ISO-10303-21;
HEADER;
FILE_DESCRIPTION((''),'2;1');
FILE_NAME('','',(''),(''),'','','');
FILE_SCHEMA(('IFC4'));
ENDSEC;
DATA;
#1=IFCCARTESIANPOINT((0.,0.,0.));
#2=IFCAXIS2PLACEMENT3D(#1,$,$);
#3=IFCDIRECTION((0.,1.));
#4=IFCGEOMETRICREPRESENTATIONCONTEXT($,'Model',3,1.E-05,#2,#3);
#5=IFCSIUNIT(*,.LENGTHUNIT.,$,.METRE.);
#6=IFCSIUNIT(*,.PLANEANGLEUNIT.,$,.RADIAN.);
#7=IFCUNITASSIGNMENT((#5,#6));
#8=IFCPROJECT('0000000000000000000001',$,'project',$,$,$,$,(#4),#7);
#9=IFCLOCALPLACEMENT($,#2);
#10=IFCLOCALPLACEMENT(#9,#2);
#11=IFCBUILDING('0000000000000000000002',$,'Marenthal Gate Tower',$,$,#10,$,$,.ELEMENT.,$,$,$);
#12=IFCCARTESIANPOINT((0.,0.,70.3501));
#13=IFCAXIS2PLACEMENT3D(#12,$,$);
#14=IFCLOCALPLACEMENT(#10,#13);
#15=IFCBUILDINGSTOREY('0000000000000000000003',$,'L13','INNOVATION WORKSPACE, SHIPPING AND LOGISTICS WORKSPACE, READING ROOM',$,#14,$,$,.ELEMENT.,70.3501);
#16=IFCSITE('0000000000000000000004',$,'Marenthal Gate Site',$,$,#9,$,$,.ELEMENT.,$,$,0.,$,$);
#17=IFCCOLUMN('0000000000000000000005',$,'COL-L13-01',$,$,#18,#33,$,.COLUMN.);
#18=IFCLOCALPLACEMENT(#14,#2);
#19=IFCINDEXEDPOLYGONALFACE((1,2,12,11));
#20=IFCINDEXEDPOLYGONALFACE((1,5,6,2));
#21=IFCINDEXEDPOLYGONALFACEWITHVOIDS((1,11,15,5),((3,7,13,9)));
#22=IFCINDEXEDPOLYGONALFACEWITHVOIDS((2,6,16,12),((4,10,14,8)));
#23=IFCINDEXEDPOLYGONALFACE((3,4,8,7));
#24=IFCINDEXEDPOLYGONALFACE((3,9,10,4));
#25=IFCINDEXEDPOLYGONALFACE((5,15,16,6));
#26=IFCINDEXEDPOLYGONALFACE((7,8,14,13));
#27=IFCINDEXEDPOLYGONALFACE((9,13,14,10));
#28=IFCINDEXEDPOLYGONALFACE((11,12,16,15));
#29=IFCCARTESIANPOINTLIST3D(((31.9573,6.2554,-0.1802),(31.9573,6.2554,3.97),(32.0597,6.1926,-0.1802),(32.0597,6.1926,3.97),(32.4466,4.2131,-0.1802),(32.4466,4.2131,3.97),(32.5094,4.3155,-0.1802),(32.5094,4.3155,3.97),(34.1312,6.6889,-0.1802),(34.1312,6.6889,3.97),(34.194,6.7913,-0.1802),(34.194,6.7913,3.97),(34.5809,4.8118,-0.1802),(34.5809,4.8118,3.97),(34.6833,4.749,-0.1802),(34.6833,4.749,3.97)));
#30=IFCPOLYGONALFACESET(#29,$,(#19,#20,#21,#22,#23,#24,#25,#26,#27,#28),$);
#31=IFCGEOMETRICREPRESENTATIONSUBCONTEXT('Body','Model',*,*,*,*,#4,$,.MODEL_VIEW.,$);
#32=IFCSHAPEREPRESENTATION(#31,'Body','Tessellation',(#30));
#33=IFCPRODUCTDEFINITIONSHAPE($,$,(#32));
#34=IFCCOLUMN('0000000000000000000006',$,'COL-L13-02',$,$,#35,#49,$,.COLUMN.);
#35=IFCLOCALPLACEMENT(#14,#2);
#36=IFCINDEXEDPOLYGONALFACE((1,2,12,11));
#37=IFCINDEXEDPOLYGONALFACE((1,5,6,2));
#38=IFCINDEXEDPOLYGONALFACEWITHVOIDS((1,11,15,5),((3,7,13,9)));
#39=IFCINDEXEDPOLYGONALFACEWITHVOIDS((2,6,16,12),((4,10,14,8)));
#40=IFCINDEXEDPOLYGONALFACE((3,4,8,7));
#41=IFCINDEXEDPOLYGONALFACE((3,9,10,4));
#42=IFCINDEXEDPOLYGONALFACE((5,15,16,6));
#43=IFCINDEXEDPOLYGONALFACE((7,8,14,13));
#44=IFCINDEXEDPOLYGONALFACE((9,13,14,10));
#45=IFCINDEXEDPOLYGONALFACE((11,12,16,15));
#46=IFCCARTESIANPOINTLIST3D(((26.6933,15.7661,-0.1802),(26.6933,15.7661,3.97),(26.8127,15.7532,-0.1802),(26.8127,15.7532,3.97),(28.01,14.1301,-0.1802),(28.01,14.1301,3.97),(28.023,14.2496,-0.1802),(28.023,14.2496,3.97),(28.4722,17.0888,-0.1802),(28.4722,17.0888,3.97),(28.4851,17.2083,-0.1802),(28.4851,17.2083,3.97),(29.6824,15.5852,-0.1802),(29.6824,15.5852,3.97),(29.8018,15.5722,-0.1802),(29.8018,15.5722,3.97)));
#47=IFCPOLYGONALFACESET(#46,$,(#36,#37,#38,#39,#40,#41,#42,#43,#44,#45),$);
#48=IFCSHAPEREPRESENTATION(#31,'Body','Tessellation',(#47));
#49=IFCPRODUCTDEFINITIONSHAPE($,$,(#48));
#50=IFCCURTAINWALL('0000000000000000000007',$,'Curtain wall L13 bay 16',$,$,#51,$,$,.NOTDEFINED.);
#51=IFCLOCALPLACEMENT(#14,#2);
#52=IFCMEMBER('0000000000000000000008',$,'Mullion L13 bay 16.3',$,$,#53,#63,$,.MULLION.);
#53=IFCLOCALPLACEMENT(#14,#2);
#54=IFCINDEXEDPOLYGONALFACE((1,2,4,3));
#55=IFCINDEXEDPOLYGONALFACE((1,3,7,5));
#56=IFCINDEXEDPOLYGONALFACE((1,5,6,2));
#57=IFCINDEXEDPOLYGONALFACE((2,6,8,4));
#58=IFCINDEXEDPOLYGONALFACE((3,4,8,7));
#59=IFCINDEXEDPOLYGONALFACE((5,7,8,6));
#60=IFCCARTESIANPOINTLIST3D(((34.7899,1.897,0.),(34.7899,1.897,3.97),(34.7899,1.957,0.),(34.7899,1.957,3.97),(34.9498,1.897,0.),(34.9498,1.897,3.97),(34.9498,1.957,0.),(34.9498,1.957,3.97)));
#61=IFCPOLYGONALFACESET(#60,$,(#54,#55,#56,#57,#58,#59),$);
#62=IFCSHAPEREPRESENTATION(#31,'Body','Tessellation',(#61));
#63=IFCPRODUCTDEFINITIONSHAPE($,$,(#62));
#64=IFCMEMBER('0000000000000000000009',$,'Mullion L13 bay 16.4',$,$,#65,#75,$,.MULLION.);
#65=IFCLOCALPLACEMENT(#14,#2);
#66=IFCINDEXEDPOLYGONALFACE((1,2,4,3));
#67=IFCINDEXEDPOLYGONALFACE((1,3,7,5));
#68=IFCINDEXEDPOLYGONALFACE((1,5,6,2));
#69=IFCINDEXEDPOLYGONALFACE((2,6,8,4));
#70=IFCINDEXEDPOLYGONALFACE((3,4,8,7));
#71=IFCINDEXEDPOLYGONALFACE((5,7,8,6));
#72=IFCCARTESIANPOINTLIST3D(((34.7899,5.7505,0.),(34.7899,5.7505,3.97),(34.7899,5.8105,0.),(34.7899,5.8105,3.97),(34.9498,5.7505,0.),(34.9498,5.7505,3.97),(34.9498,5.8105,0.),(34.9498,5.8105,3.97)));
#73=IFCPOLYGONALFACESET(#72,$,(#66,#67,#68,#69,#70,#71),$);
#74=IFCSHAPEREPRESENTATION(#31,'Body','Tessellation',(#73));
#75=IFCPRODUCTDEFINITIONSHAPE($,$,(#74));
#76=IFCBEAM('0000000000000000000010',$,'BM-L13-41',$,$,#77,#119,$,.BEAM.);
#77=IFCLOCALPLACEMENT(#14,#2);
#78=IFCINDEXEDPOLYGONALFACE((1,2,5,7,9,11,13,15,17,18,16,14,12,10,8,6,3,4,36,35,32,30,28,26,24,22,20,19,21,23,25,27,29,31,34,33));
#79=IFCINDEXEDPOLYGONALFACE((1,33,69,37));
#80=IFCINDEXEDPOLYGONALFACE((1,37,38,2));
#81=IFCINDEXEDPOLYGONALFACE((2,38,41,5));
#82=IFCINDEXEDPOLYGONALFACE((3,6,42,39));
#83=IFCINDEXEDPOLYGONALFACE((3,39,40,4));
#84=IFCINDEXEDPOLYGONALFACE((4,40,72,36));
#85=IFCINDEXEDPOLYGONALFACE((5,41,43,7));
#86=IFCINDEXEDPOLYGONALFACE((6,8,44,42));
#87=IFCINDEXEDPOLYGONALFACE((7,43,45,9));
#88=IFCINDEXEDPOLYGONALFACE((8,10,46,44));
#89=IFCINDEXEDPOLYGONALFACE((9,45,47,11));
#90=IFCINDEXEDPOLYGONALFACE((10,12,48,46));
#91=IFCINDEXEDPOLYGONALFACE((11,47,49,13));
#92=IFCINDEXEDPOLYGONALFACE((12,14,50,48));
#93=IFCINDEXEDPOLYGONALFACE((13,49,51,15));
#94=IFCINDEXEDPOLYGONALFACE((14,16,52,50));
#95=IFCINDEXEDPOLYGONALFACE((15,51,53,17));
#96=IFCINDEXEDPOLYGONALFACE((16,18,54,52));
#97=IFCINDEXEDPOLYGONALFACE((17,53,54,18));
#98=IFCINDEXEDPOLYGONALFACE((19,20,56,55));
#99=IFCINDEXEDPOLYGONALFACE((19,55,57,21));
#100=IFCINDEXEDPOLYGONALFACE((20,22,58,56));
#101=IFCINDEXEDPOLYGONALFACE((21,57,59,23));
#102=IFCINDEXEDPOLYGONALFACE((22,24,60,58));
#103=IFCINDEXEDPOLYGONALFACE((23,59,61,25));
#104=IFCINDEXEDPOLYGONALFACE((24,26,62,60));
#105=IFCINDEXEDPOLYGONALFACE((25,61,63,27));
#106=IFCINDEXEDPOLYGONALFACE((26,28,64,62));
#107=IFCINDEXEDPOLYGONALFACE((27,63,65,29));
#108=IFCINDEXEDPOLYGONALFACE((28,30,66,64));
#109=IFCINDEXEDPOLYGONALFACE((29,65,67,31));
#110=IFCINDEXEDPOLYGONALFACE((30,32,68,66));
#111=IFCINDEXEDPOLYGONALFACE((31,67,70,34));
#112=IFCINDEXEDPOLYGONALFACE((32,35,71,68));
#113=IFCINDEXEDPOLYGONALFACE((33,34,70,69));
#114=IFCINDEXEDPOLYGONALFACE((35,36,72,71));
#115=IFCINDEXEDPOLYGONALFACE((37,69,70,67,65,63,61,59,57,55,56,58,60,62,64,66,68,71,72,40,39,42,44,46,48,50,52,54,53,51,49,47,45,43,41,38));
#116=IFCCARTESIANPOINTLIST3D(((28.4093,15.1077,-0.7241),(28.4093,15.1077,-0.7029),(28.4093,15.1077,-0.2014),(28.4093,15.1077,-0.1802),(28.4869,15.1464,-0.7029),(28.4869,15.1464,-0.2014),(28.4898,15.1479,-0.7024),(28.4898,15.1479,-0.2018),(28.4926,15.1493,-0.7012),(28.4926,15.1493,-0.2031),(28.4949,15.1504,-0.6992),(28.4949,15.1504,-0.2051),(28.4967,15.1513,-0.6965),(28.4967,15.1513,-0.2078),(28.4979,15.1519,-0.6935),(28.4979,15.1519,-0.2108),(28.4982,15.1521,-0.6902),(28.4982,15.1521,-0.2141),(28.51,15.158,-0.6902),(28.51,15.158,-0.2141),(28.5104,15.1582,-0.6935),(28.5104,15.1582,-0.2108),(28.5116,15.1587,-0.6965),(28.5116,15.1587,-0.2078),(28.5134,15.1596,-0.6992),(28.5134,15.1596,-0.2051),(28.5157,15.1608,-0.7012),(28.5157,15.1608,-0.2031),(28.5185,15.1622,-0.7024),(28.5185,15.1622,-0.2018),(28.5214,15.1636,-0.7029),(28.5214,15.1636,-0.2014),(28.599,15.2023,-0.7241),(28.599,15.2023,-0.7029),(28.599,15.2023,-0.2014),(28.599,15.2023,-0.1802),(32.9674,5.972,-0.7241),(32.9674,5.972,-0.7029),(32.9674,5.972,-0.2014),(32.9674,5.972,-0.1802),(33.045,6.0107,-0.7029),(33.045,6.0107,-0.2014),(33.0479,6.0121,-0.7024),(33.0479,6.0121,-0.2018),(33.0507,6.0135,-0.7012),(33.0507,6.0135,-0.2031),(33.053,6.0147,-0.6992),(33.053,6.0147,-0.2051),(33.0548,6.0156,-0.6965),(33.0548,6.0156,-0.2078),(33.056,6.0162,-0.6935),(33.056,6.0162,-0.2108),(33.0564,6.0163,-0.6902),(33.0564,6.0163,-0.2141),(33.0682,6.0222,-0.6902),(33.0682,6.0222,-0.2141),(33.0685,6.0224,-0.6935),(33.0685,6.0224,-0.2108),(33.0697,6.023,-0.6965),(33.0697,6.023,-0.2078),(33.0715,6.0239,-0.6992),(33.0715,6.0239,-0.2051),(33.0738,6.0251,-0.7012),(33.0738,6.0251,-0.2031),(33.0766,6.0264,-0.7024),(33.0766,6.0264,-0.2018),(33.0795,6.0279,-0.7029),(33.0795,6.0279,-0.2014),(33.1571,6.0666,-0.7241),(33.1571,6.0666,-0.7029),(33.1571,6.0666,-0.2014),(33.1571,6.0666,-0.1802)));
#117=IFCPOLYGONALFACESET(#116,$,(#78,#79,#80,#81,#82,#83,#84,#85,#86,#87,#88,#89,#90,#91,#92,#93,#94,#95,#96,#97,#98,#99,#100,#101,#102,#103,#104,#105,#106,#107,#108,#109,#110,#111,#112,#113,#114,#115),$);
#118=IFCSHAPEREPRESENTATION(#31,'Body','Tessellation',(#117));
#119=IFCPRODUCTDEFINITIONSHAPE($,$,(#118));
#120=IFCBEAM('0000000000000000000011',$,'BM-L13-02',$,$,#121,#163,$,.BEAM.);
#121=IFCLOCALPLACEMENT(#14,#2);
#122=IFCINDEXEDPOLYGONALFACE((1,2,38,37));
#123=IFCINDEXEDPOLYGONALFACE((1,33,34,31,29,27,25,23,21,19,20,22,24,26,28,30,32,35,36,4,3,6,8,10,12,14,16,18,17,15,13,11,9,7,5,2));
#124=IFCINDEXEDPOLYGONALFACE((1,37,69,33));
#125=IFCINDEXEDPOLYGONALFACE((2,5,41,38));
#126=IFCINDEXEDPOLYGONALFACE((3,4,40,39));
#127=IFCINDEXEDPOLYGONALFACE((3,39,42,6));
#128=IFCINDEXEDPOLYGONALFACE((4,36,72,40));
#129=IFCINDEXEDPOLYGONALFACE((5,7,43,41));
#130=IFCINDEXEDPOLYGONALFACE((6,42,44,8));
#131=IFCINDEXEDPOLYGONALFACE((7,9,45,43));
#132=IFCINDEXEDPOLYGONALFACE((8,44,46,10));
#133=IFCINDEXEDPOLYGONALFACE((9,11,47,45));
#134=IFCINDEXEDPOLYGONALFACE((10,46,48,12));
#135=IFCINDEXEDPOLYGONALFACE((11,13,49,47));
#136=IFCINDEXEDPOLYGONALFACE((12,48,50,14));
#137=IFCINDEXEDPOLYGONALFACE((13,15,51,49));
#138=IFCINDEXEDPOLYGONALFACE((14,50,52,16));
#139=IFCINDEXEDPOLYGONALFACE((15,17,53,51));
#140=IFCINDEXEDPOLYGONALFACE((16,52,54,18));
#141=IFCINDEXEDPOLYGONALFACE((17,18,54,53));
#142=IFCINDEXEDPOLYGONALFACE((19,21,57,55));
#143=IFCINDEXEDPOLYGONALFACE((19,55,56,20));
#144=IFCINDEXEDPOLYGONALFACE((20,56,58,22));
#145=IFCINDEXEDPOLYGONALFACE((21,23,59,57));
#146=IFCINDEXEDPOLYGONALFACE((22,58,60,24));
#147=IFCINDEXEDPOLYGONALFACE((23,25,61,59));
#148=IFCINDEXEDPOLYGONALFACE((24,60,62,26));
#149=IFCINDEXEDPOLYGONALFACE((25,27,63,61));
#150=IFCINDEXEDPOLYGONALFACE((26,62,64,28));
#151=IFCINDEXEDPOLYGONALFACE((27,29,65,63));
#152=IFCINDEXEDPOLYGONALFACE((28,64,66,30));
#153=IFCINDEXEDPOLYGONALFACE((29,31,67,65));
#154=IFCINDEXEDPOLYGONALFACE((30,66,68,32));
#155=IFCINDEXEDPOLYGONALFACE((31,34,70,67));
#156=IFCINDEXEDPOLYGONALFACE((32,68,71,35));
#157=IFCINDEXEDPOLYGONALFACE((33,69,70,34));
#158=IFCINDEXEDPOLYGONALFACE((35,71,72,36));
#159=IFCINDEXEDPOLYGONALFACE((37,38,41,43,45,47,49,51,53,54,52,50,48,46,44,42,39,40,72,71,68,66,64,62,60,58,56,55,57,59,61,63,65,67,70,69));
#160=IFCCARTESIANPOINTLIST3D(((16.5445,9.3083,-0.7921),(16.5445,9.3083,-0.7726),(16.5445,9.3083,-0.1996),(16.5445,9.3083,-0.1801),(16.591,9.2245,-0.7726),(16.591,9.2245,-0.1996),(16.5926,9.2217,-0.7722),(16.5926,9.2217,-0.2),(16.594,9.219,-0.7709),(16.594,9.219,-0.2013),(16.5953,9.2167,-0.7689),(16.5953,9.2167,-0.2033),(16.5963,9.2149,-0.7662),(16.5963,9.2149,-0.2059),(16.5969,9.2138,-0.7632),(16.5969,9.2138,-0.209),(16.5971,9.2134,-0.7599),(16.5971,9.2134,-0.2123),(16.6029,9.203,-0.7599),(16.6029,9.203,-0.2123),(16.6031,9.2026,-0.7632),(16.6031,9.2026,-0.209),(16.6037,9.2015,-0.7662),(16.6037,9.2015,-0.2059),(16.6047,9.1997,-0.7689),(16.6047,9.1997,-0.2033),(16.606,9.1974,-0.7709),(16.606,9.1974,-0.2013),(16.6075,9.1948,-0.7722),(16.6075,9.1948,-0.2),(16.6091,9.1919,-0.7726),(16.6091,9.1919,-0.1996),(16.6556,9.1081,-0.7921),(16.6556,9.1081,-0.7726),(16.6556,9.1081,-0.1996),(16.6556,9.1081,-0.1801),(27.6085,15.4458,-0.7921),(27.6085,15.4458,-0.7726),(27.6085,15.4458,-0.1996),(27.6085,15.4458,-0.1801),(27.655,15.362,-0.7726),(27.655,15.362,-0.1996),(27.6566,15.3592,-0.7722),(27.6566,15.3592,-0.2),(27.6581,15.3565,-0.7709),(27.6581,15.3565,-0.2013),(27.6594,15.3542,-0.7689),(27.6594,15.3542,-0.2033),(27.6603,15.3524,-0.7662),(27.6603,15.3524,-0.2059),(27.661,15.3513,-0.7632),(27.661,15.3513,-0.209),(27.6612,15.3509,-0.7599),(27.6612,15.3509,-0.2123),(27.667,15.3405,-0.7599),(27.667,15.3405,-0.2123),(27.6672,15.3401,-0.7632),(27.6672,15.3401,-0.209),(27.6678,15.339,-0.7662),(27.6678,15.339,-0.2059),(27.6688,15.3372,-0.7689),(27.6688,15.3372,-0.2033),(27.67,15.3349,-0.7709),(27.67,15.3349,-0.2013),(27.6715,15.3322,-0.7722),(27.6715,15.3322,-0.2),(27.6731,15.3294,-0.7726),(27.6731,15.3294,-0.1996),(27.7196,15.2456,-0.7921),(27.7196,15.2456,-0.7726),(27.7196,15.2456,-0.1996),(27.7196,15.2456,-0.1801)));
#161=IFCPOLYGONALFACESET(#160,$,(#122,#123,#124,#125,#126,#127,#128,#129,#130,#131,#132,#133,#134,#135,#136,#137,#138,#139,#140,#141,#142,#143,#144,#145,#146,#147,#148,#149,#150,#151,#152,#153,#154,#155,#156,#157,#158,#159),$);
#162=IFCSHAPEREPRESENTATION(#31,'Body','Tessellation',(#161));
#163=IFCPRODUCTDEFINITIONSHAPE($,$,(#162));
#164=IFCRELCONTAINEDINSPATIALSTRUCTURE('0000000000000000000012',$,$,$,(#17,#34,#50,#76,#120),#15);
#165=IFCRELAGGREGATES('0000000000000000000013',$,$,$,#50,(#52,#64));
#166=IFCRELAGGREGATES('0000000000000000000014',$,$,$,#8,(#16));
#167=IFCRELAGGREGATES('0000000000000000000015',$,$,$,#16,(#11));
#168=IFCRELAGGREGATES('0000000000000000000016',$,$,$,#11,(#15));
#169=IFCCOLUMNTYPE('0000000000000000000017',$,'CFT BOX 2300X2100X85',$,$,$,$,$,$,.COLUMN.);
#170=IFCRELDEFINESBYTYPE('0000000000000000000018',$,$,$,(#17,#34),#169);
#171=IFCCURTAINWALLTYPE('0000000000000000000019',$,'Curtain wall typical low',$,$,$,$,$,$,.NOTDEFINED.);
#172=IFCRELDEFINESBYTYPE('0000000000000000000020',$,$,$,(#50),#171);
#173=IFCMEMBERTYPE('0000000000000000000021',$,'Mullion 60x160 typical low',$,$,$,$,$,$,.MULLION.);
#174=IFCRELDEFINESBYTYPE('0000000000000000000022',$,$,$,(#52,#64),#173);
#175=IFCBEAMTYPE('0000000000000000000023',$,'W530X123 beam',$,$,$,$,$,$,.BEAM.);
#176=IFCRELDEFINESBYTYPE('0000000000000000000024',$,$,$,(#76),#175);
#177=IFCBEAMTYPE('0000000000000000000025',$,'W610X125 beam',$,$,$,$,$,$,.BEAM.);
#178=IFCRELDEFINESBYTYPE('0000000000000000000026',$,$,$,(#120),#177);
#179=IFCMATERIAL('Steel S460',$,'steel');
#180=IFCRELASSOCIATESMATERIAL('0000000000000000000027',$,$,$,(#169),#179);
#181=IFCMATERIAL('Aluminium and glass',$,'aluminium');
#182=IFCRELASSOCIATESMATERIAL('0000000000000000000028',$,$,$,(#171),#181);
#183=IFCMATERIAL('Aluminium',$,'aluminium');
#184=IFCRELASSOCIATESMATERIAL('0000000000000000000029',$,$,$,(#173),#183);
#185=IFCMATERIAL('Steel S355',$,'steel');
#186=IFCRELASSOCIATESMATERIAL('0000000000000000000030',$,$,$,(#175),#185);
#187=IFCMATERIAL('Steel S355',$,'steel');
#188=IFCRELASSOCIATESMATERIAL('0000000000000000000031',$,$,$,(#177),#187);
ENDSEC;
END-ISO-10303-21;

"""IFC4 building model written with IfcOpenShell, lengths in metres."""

from ifc_helpers import new_model, si_unit, direction, frame, origin, origin_2d, place, context, subcontext, project, spatial, rectangle, hollow_rectangle, i_section, extrude, material, material_profile, profile_set, type_object, element, aggregate, save


model = new_model("IFC4")

# Units and contexts
model_context = context("Model", 3, precision=1e-05, world=origin(), true_north=direction((0.0, 1.0)))
body_context = subcontext(model_context, "Body", "Model", "MODEL_VIEW")
ifc_project = project(units=[si_unit("LENGTHUNIT", "METRE"), si_unit("PLANEANGLEUNIT", "RADIAN")], contexts=[model_context])

# Site, building, storey
site_placement = place(None, origin())
site = spatial("IfcSite", under=ifc_project, at=site_placement, Name="Marenthal Gate Site", CompositionType="ELEMENT", RefElevation=0.0)
building_placement = place(site_placement, origin())
building = spatial("IfcBuilding", under=site, at=building_placement, Name="Marenthal Gate Tower", CompositionType="ELEMENT")
storey_placement = place(building_placement, frame((0.0, 0.0, 70.3501)))
storey = spatial("IfcBuildingStorey", under=building, at=storey_placement, Name="L13", Description="INNOVATION WORKSPACE, SHIPPING AND LOGISTICS WORKSPACE, READING ROOM", CompositionType="ELEMENT", Elevation=70.3501)

# Columns
ifc_material_1 = material(Name="Steel S460", Category="steel")
ifc_material_profile_1 = material_profile(ifc_material_1, hollow_rectangle(XDim=2.1001, YDim=2.3, WallThickness=0.085, at=origin_2d()), Name="CFT BOX 2300X2100X85")
ifc_material_2 = material(Name="Concrete 70 MPa", Category="concrete")
ifc_material_profile_2 = material_profile(ifc_material_2, rectangle(XDim=1.9299, YDim=2.1299, at=origin_2d()), Name="CFT BOX 2300X2100X85 INFILL")
ifc_profile_set_1 = profile_set([ifc_material_profile_1, ifc_material_profile_2], Name="Steel S460 shell, Concrete 70 MPa infill")
column_type = type_object("IfcColumnType", Name="CFT BOX 2300X2100X85", PredefinedType="COLUMN", material=ifc_profile_set_1)
for number, where, z_axis, x_axis, name in (
    (1, (33.3203, 5.5022, -0.1802), (0.0, 0.0, 1.0), (0.233004, -0.972476, 0.0), "COL-L13-01"),
    (2, (28.2476, 15.6692, -0.1802), (0.0, 0.0, 1.0), (0.626997, -0.779022, 0.0), "COL-L13-02"),
):
    element("IfcColumn", number, at=place(storey_placement, frame(where, z_axis=z_axis, x_axis=x_axis)), inside=storey, type_object=column_type, Name=name, PredefinedType="COLUMN", context=body_context, shape_type="SweptSolid", body=[
        extrude(hollow_rectangle(XDim=2.1001, YDim=2.3, WallThickness=0.085, at=origin_2d()), origin(), (0.0, 0.0, 1.0), 4.1501),
    ])

# Curtain wall, members
ifc_material_3 = material(Name="Aluminium and glass", Category="aluminium")
curtain_wall_type = type_object("IfcCurtainWallType", Name="Curtain wall typical low", PredefinedType="NOTDEFINED", material=ifc_material_3)
curtain_wall_placement = place(storey_placement, origin())
curtain_wall = element("IfcCurtainWall", 3, at=curtain_wall_placement, inside=storey, type_object=curtain_wall_type, Name="Curtain wall L13 bay 16", PredefinedType="NOTDEFINED")
ifc_material_4 = material(Name="Aluminium", Category="aluminium")
ifc_material_profile_3 = material_profile(ifc_material_4, rectangle(XDim=0.1599, YDim=0.0601, at=origin_2d()), Name="60x160 aluminium mullion")
ifc_profile_set_2 = profile_set([ifc_material_profile_3], Name="Aluminium")
member_type = type_object("IfcMemberType", Name="Mullion 60x160 typical low", PredefinedType="MULLION", material=ifc_profile_set_2)
member_1_placement = place(storey_placement, frame((34.8699, 1.927, 0.0), z_axis=(0.0, 0.0, 1.0), x_axis=(-1.0, 0.0, 0.0)))
member_1 = element("IfcMember", 4, at=member_1_placement, type_object=member_type, Name="Mullion L13 bay 16.3", PredefinedType="MULLION", context=body_context, shape_type="SweptSolid", body=[
    extrude(rectangle(XDim=0.1599, YDim=0.0601, at=origin_2d()), origin(), (0.0, 0.0, 1.0), 3.97),
])
member_2_placement = place(storey_placement, frame((34.8699, 5.7805, 0.0), z_axis=(0.0, 0.0, 1.0), x_axis=(-1.0, 0.0, 0.0)))
member_2 = element("IfcMember", 5, at=member_2_placement, type_object=member_type, Name="Mullion L13 bay 16.4", PredefinedType="MULLION", context=body_context, shape_type="SweptSolid", body=[
    extrude(rectangle(XDim=0.1599, YDim=0.0601, at=origin_2d()), origin(), (0.0, 0.0, 1.0), 3.97),
])

# Beams
ifc_material_5 = material(Name="Steel S355", Category="steel")
ifc_material_profile_4 = material_profile(ifc_material_5, i_section(OverallWidth=0.2119, OverallDepth=0.5439, WebThickness=0.0132, FlangeThickness=0.0212, FilletRadius=0.0127, at=origin_2d()), Name="W530X123")
ifc_profile_set_3 = profile_set([ifc_material_profile_4], Name="Steel S355")
beam_type_1 = type_object("IfcBeamType", Name="W530X123 beam", PredefinedType="BEAM", material=ifc_profile_set_3)
beam_1_placement = place(storey_placement, frame((33.0623, 6.0193, -0.4521), z_axis=(-0.446448, 0.894809, 0.0), x_axis=(-0.894809, -0.446448, 0.0)))
element("IfcBeam", 6, at=beam_1_placement, inside=storey, type_object=beam_type_1, Name="BM-L13-41", PredefinedType="BEAM", context=body_context, shape_type="SweptSolid", body=[
    extrude(i_section(OverallWidth=0.2119, OverallDepth=0.5439, WebThickness=0.0132, FlangeThickness=0.0212, FilletRadius=0.0127, at=origin_2d()), origin(), (0.0, 0.0, 1.0), 10.2097),
])
ifc_material_6 = material(Name="Steel S355", Category="steel")
ifc_material_profile_5 = material_profile(ifc_material_6, i_section(OverallWidth=0.229, OverallDepth=0.6121, WebThickness=0.012, FlangeThickness=0.0195, FilletRadius=0.0127, at=origin_2d()), Name="W610X125")
ifc_profile_set_4 = profile_set([ifc_material_profile_5], Name="Steel S355")
beam_type_2 = type_object("IfcBeamType", Name="W610X125 beam", PredefinedType="BEAM", material=ifc_profile_set_4)
beam_2_placement = place(storey_placement, frame((27.6641, 15.3457, -0.4861), z_axis=(-0.874466, -0.485087, 0.0), x_axis=(0.485087, -0.874466, 0.0)))
element("IfcBeam", 7, at=beam_2_placement, inside=storey, type_object=beam_type_2, Name="BM-L13-02", PredefinedType="BEAM", context=body_context, shape_type="SweptSolid", body=[
    extrude(i_section(OverallWidth=0.229, OverallDepth=0.6121, WebThickness=0.012, FlangeThickness=0.0195, FilletRadius=0.0127, at=origin_2d()), origin(), (0.0, 0.0, 1.0), 12.6523),
])

aggregate(curtain_wall, [member_1, member_2])

save(model, "model.ifc")
